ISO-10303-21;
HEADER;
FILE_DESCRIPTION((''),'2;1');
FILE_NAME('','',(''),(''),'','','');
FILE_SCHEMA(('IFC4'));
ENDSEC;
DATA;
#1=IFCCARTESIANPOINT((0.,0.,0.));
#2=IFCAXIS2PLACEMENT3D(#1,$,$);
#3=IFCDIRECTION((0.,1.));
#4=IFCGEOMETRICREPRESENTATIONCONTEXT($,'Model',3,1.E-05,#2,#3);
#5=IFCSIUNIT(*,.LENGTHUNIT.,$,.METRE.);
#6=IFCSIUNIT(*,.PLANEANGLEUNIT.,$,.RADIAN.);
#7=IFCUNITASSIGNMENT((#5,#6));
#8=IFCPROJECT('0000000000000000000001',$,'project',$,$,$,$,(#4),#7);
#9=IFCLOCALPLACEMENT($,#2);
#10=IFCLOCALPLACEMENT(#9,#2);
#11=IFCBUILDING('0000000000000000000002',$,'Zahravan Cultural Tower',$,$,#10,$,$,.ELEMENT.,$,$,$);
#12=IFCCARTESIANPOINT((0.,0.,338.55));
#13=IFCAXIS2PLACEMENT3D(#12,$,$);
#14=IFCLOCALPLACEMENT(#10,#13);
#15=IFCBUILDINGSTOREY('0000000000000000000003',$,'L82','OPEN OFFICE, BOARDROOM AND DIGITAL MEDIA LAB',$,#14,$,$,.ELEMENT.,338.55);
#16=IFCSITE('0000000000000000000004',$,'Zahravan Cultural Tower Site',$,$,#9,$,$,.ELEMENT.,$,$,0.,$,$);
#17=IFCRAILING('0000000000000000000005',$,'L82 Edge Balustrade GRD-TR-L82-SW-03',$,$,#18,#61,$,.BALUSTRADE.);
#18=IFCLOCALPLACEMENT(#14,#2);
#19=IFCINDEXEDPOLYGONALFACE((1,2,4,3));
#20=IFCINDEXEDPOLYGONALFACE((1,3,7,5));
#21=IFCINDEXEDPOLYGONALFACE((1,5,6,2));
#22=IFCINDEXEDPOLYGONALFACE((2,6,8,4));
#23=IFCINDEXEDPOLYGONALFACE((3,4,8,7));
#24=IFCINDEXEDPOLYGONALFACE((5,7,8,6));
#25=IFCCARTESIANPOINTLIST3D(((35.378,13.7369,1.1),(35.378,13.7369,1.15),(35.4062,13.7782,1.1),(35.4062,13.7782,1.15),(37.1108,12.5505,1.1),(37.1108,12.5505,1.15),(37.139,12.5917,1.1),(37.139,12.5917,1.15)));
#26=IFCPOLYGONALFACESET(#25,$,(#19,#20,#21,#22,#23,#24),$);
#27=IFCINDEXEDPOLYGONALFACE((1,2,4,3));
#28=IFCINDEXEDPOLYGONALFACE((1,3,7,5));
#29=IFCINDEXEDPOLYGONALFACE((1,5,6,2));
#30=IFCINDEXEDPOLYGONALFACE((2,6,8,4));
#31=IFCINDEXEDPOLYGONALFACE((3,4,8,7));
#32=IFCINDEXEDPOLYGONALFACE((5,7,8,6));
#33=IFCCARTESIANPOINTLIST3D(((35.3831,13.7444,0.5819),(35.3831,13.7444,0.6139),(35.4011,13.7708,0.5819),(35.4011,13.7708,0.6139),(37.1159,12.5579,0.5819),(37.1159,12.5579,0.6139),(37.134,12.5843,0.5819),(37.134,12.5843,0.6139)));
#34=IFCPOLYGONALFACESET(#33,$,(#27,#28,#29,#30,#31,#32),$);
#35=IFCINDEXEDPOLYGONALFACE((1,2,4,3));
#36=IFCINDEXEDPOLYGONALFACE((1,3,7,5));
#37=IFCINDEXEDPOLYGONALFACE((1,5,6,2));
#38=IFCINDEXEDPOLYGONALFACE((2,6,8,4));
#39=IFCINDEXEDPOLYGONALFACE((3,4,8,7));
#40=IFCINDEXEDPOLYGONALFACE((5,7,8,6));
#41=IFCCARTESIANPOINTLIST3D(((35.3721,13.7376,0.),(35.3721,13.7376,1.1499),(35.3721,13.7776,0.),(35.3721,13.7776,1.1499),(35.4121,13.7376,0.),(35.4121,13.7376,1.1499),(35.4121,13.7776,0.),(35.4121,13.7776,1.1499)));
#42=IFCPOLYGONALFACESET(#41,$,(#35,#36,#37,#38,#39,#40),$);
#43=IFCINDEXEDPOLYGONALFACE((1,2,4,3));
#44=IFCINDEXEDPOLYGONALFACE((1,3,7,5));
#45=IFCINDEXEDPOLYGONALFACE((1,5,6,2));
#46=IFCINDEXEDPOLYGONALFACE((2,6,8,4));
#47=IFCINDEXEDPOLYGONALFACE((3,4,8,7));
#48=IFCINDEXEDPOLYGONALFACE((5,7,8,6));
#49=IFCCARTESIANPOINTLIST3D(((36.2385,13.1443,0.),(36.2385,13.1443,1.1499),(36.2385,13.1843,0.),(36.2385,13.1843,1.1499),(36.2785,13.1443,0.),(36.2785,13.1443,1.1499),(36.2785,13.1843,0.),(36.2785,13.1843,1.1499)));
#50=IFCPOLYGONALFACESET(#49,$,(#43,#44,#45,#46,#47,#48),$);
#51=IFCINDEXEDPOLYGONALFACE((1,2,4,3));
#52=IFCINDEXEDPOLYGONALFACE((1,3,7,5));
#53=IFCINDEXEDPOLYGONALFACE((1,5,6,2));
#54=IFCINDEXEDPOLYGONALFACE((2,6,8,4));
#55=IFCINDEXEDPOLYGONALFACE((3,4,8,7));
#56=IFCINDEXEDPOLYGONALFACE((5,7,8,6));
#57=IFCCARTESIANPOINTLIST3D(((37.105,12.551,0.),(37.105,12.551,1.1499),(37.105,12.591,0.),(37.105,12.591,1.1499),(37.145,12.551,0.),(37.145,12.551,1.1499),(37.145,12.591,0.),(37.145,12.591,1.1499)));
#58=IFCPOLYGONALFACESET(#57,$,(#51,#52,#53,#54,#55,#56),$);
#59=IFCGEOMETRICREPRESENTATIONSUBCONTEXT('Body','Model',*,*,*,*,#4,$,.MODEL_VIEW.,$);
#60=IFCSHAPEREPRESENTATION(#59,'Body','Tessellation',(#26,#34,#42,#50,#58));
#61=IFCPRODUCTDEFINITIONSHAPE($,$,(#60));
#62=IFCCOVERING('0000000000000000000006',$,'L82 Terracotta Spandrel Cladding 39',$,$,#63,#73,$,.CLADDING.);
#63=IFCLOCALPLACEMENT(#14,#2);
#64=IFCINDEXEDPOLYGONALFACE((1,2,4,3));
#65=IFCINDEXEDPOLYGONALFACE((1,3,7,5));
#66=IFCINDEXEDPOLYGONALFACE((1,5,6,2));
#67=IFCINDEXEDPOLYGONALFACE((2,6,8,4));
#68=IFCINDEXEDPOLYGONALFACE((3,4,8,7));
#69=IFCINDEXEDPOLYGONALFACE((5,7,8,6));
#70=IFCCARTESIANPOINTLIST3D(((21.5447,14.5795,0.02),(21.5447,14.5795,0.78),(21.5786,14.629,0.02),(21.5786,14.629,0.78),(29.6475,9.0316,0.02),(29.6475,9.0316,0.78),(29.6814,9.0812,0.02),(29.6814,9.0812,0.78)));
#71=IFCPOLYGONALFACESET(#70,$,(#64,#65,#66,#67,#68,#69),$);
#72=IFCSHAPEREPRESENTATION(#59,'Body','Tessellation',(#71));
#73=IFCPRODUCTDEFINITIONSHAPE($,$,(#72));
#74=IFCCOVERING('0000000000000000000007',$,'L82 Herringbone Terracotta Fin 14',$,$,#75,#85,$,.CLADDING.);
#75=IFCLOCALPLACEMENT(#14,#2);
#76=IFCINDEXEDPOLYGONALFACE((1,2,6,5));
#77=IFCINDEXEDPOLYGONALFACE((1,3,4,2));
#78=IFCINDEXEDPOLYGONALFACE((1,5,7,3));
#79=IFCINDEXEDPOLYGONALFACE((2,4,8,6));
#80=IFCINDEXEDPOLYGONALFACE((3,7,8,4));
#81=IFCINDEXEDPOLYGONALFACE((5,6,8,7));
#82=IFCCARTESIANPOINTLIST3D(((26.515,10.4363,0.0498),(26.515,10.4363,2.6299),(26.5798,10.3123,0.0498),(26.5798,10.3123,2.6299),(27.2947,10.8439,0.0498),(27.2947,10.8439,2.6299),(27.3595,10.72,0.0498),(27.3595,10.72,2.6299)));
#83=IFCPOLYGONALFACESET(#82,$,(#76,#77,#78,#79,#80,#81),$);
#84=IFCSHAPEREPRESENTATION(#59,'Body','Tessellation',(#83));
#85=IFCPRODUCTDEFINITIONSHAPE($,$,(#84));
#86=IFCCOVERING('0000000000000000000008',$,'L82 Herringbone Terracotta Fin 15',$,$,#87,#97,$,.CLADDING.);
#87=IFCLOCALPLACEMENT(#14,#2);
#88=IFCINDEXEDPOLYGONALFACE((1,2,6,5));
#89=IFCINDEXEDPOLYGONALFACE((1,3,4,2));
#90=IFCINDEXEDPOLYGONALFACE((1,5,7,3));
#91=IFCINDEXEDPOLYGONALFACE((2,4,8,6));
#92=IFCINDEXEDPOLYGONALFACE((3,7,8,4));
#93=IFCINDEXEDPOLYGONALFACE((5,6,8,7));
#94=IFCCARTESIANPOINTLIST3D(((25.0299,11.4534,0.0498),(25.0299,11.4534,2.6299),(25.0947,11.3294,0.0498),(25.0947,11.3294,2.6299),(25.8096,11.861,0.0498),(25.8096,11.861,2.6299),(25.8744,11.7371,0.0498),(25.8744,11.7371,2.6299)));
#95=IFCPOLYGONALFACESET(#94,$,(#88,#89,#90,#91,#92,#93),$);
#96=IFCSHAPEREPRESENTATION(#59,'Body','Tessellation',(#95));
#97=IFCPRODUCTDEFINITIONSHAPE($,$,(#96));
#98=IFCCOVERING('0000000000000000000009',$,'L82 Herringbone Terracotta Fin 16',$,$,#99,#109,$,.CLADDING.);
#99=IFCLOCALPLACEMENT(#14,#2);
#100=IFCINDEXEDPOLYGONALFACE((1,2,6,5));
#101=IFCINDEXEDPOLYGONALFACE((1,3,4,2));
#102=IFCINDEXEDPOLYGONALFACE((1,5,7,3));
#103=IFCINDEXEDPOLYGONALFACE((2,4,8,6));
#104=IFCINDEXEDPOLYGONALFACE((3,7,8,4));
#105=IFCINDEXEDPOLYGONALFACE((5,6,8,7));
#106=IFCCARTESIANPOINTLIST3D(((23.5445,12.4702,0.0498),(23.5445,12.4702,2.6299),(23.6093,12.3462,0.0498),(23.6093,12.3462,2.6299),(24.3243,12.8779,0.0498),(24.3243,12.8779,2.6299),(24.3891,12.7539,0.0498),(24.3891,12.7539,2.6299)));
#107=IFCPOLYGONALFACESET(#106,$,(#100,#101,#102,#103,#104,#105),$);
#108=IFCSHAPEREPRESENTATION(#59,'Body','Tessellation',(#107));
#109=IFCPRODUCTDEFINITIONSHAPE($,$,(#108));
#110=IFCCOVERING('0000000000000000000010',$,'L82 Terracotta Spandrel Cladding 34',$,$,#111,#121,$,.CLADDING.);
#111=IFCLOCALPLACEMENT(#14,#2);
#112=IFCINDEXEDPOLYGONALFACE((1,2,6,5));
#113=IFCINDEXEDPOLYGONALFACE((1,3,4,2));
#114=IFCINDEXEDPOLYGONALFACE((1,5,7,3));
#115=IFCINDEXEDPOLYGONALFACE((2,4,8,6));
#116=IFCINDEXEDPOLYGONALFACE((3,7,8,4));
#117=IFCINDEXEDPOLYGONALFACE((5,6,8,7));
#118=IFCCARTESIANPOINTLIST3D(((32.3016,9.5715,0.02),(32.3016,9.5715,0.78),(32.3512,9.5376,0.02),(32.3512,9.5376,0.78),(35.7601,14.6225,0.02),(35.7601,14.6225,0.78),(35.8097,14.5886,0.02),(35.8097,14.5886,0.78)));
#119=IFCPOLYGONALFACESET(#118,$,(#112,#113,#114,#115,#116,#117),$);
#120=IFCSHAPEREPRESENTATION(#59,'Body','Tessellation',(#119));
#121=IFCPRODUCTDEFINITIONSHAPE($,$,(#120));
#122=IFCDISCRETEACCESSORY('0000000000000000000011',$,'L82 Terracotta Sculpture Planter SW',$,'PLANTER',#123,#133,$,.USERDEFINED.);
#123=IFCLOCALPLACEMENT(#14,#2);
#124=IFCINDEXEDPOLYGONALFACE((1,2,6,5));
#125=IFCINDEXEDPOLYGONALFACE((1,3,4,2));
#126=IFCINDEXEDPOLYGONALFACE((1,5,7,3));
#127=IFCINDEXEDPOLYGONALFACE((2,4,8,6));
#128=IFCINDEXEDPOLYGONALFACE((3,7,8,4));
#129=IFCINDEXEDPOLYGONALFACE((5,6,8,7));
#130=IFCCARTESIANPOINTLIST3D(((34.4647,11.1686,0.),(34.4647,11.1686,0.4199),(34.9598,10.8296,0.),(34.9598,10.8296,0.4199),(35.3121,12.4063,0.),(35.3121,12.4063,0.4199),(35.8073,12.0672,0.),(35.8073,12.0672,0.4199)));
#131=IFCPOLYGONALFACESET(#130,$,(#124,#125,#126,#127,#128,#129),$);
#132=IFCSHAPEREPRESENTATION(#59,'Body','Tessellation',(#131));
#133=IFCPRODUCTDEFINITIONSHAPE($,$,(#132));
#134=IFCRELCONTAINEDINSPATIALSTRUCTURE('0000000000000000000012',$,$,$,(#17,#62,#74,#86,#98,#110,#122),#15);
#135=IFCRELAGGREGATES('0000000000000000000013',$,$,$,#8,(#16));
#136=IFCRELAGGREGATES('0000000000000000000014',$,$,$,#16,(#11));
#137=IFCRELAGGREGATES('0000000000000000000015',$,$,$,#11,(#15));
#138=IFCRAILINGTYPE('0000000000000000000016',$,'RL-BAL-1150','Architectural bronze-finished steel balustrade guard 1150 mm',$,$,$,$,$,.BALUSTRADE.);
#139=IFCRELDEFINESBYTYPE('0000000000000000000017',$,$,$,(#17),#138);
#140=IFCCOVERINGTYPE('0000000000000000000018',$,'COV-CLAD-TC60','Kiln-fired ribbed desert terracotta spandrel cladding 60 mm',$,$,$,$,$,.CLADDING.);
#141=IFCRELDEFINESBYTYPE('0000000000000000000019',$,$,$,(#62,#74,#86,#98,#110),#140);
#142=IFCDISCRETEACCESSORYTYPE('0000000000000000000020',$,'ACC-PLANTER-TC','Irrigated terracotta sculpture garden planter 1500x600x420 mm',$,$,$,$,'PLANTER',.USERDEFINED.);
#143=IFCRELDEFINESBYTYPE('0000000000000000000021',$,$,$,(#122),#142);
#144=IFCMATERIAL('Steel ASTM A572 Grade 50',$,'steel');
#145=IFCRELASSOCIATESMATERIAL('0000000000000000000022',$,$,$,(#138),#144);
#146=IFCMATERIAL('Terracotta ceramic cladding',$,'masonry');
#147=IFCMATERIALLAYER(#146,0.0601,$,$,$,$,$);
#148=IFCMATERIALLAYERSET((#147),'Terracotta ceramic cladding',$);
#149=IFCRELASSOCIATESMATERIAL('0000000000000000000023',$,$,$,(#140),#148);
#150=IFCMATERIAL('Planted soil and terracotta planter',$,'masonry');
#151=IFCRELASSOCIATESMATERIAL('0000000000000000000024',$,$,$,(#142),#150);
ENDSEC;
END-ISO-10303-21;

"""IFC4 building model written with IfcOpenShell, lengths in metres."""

from ifc_helpers import new_model, si_unit, direction, frame, origin, origin_2d, place, context, subcontext, project, spatial, rectangle, extrude, source, transform, mapped, material, layer, layer_set, type_object, element, save


model = new_model("IFC4")

# Units and contexts
model_context = context("Model", 3, precision=1e-05, world=origin(), true_north=direction((0.0, 1.0)))
body_context = subcontext(model_context, "Body", "Model", "MODEL_VIEW")
ifc_project = project(units=[si_unit("LENGTHUNIT", "METRE"), si_unit("PLANEANGLEUNIT", "RADIAN")], contexts=[model_context])

# Site, building, storey
site_placement = place(None, origin())
site = spatial("IfcSite", under=ifc_project, at=site_placement, Name="Zahravan Cultural Tower Site", CompositionType="ELEMENT", RefElevation=0.0)
building_placement = place(site_placement, origin())
building = spatial("IfcBuilding", under=site, at=building_placement, Name="Zahravan Cultural Tower", CompositionType="ELEMENT")
storey_placement = place(building_placement, frame((0.0, 0.0, 338.55)))
storey = spatial("IfcBuildingStorey", under=building, at=storey_placement, Name="L82", Description="OPEN OFFICE, BOARDROOM AND DIGITAL MEDIA LAB", CompositionType="ELEMENT", Elevation=338.55)

# Railing
ifc_material_1 = material(Name="Steel ASTM A572 Grade 50", Category="steel")
railing_type = type_object("IfcRailingType", Name="RL-BAL-1150", Description="Architectural bronze-finished steel balustrade guard 1150 mm", PredefinedType="BALUSTRADE", material=ifc_material_1)
railing_1_placement = place(storey_placement, frame((35.3921, 13.7576, 0.0)))
element("IfcRailing", 1, at=railing_1_placement, inside=storey, type_object=railing_type, Name="L82 Edge Balustrade GRD-TR-L82-SW-03", PredefinedType="BALUSTRADE", context=body_context, shape_type="SweptSolid", body=[
    extrude(rectangle(XDim=0.05, YDim=0.05, at=origin_2d()), frame((0.0, 0.0, 1.125), z_axis=(0.825119, -0.564959, 0.0), x_axis=(0.564959, 0.825119, 0.0)), (0.0, 0.0, 1.0), 2.1001),
    extrude(rectangle(XDim=0.032, YDim=0.032, at=origin_2d()), frame((0.0, 0.0, 0.5979), z_axis=(0.825119, -0.564959, 0.0), x_axis=(0.564959, 0.825119, 0.0)), (0.0, 0.0, 1.0), 2.1001),
    extrude(rectangle(XDim=0.04, YDim=0.04, at=origin_2d()), origin(), (0.0, 0.0, 1.0), 1.1499),
    extrude(rectangle(XDim=0.04, YDim=0.04, at=origin_2d()), frame((0.8665, -0.5933, 0.0)), (0.0, 0.0, 1.0), 1.1499),
    extrude(rectangle(XDim=0.04, YDim=0.04, at=origin_2d()), frame((1.7329, -1.1865, 0.0)), (0.0, 0.0, 1.0), 1.1499),
])

# Coverings
ifc_material_2 = material(Name="Terracotta ceramic cladding", Category="masonry")
ifc_layer_1 = layer(ifc_material_2, 0.0601)
ifc_layer_set_1 = layer_set([ifc_layer_1], Name="Terracotta ceramic cladding")
covering_type = type_object("IfcCoveringType", Name="COV-CLAD-TC60", Description="Kiln-fired ribbed desert terracotta spandrel cladding 60 mm", PredefinedType="CLADDING", material=ifc_layer_set_1)
shared_shape_1 = source(origin(), body_context, "Body", "SweptSolid", [
    extrude(rectangle(XDim=9.8201, YDim=0.0601, at=origin_2d()), origin(), (0.0, 0.0, 1.0), 0.76),
])
covering_1_placement = place(storey_placement, frame((25.613, 11.8303, 0.02), z_axis=(0.0, 0.0, 1.0), x_axis=(-0.825123, 0.564953, 0.0)))
element("IfcCovering", 2, at=covering_1_placement, inside=storey, type_object=covering_type, Name="L82 Terracotta Spandrel Cladding 39", PredefinedType="CLADDING", context=body_context, shape_type="MappedRepresentation", body=[
    mapped(shared_shape_1, transform((0.0, 0.0, 0.0), x_axis=(1.0, 0.0, 0.0), y_axis=(0.0, 1.0, 0.0), z_axis=(0.0, 0.0, 1.0), scale=1.0)),
])
shared_shape_2 = source(origin(), body_context, "Body", "SweptSolid", [
    extrude(rectangle(XDim=0.8799, YDim=0.1399, at=origin_2d()), origin(), (0.0, 0.0, 1.0), 2.5801),
])
for number, where, z_axis, x_axis, name in (
    (3, (26.9373, 10.5781, 0.0498), (0.0, 0.0, 1.0), (-0.886195, -0.463312, 0.0), "L82 Herringbone Terracotta Fin 14"),
    (4, (25.4521, 11.5952, 0.0498), (0.0, 0.0, 1.0), (-0.886195, -0.463312, 0.0), "L82 Herringbone Terracotta Fin 15"),
    (5, (23.9668, 12.6121, 0.0498), (0.0, 0.0, 1.0), (-0.886195, -0.463312, 0.0), "L82 Herringbone Terracotta Fin 16"),
):
    element("IfcCovering", number, at=place(storey_placement, frame(where, z_axis=z_axis, x_axis=x_axis)), inside=storey, type_object=covering_type, Name=name, PredefinedType="CLADDING", context=body_context, shape_type="MappedRepresentation", body=[
        mapped(shared_shape_2, transform((0.0, 0.0, 0.0), x_axis=(1.0, 0.0, 0.0), y_axis=(0.0, 1.0, 0.0), z_axis=(0.0, 0.0, 1.0), scale=1.0)),
    ])
shared_shape_3 = source(origin(), body_context, "Body", "SweptSolid", [
    extrude(rectangle(XDim=6.1216, YDim=0.0601, at=origin_2d()), origin(), (0.0, 0.0, 1.0), 0.76),
])
covering_2_placement = place(storey_placement, frame((34.0557, 12.0801, 0.02), z_axis=(0.0, 0.0, 1.0), x_axis=(-0.564967, -0.825113, 0.0)))
element("IfcCovering", 6, at=covering_2_placement, inside=storey, type_object=covering_type, Name="L82 Terracotta Spandrel Cladding 34", PredefinedType="CLADDING", context=body_context, shape_type="MappedRepresentation", body=[
    mapped(shared_shape_3, transform((0.0, 0.0, 0.0), x_axis=(1.0, 0.0, 0.0), y_axis=(0.0, 1.0, 0.0), z_axis=(0.0, 0.0, 1.0), scale=1.0)),
])

# Discrete accessory
ifc_material_3 = material(Name="Planted soil and terracotta planter", Category="masonry")
discrete_accessory_type = type_object("IfcDiscreteAccessoryType", Name="ACC-PLANTER-TC", Description="Irrigated terracotta sculpture garden planter 1500x600x420 mm", ElementType="PLANTER", PredefinedType="USERDEFINED", material=ifc_material_3)
shared_shape_4 = source(origin(), body_context, "Body", "SweptSolid", [
    extrude(rectangle(XDim=1.5, YDim=0.6001, at=origin_2d()), origin(), (0.0, 0.0, 1.0), 0.4199),
])
discrete_accessory_placement = place(storey_placement, frame((35.136, 11.6179, 0.0), z_axis=(0.0, 0.0, 1.0), x_axis=(0.564967, 0.825113, 0.0)))
element("IfcDiscreteAccessory", 7, at=discrete_accessory_placement, inside=storey, type_object=discrete_accessory_type, Name="L82 Terracotta Sculpture Planter SW", ObjectType="PLANTER", PredefinedType="USERDEFINED", context=body_context, shape_type="MappedRepresentation", body=[
    mapped(shared_shape_4, transform((0.0, 0.0, 0.0), x_axis=(1.0, 0.0, 0.0), y_axis=(0.0, 1.0, 0.0), z_axis=(0.0, 0.0, 1.0), scale=1.0)),
])

save(model, "model.ifc")
